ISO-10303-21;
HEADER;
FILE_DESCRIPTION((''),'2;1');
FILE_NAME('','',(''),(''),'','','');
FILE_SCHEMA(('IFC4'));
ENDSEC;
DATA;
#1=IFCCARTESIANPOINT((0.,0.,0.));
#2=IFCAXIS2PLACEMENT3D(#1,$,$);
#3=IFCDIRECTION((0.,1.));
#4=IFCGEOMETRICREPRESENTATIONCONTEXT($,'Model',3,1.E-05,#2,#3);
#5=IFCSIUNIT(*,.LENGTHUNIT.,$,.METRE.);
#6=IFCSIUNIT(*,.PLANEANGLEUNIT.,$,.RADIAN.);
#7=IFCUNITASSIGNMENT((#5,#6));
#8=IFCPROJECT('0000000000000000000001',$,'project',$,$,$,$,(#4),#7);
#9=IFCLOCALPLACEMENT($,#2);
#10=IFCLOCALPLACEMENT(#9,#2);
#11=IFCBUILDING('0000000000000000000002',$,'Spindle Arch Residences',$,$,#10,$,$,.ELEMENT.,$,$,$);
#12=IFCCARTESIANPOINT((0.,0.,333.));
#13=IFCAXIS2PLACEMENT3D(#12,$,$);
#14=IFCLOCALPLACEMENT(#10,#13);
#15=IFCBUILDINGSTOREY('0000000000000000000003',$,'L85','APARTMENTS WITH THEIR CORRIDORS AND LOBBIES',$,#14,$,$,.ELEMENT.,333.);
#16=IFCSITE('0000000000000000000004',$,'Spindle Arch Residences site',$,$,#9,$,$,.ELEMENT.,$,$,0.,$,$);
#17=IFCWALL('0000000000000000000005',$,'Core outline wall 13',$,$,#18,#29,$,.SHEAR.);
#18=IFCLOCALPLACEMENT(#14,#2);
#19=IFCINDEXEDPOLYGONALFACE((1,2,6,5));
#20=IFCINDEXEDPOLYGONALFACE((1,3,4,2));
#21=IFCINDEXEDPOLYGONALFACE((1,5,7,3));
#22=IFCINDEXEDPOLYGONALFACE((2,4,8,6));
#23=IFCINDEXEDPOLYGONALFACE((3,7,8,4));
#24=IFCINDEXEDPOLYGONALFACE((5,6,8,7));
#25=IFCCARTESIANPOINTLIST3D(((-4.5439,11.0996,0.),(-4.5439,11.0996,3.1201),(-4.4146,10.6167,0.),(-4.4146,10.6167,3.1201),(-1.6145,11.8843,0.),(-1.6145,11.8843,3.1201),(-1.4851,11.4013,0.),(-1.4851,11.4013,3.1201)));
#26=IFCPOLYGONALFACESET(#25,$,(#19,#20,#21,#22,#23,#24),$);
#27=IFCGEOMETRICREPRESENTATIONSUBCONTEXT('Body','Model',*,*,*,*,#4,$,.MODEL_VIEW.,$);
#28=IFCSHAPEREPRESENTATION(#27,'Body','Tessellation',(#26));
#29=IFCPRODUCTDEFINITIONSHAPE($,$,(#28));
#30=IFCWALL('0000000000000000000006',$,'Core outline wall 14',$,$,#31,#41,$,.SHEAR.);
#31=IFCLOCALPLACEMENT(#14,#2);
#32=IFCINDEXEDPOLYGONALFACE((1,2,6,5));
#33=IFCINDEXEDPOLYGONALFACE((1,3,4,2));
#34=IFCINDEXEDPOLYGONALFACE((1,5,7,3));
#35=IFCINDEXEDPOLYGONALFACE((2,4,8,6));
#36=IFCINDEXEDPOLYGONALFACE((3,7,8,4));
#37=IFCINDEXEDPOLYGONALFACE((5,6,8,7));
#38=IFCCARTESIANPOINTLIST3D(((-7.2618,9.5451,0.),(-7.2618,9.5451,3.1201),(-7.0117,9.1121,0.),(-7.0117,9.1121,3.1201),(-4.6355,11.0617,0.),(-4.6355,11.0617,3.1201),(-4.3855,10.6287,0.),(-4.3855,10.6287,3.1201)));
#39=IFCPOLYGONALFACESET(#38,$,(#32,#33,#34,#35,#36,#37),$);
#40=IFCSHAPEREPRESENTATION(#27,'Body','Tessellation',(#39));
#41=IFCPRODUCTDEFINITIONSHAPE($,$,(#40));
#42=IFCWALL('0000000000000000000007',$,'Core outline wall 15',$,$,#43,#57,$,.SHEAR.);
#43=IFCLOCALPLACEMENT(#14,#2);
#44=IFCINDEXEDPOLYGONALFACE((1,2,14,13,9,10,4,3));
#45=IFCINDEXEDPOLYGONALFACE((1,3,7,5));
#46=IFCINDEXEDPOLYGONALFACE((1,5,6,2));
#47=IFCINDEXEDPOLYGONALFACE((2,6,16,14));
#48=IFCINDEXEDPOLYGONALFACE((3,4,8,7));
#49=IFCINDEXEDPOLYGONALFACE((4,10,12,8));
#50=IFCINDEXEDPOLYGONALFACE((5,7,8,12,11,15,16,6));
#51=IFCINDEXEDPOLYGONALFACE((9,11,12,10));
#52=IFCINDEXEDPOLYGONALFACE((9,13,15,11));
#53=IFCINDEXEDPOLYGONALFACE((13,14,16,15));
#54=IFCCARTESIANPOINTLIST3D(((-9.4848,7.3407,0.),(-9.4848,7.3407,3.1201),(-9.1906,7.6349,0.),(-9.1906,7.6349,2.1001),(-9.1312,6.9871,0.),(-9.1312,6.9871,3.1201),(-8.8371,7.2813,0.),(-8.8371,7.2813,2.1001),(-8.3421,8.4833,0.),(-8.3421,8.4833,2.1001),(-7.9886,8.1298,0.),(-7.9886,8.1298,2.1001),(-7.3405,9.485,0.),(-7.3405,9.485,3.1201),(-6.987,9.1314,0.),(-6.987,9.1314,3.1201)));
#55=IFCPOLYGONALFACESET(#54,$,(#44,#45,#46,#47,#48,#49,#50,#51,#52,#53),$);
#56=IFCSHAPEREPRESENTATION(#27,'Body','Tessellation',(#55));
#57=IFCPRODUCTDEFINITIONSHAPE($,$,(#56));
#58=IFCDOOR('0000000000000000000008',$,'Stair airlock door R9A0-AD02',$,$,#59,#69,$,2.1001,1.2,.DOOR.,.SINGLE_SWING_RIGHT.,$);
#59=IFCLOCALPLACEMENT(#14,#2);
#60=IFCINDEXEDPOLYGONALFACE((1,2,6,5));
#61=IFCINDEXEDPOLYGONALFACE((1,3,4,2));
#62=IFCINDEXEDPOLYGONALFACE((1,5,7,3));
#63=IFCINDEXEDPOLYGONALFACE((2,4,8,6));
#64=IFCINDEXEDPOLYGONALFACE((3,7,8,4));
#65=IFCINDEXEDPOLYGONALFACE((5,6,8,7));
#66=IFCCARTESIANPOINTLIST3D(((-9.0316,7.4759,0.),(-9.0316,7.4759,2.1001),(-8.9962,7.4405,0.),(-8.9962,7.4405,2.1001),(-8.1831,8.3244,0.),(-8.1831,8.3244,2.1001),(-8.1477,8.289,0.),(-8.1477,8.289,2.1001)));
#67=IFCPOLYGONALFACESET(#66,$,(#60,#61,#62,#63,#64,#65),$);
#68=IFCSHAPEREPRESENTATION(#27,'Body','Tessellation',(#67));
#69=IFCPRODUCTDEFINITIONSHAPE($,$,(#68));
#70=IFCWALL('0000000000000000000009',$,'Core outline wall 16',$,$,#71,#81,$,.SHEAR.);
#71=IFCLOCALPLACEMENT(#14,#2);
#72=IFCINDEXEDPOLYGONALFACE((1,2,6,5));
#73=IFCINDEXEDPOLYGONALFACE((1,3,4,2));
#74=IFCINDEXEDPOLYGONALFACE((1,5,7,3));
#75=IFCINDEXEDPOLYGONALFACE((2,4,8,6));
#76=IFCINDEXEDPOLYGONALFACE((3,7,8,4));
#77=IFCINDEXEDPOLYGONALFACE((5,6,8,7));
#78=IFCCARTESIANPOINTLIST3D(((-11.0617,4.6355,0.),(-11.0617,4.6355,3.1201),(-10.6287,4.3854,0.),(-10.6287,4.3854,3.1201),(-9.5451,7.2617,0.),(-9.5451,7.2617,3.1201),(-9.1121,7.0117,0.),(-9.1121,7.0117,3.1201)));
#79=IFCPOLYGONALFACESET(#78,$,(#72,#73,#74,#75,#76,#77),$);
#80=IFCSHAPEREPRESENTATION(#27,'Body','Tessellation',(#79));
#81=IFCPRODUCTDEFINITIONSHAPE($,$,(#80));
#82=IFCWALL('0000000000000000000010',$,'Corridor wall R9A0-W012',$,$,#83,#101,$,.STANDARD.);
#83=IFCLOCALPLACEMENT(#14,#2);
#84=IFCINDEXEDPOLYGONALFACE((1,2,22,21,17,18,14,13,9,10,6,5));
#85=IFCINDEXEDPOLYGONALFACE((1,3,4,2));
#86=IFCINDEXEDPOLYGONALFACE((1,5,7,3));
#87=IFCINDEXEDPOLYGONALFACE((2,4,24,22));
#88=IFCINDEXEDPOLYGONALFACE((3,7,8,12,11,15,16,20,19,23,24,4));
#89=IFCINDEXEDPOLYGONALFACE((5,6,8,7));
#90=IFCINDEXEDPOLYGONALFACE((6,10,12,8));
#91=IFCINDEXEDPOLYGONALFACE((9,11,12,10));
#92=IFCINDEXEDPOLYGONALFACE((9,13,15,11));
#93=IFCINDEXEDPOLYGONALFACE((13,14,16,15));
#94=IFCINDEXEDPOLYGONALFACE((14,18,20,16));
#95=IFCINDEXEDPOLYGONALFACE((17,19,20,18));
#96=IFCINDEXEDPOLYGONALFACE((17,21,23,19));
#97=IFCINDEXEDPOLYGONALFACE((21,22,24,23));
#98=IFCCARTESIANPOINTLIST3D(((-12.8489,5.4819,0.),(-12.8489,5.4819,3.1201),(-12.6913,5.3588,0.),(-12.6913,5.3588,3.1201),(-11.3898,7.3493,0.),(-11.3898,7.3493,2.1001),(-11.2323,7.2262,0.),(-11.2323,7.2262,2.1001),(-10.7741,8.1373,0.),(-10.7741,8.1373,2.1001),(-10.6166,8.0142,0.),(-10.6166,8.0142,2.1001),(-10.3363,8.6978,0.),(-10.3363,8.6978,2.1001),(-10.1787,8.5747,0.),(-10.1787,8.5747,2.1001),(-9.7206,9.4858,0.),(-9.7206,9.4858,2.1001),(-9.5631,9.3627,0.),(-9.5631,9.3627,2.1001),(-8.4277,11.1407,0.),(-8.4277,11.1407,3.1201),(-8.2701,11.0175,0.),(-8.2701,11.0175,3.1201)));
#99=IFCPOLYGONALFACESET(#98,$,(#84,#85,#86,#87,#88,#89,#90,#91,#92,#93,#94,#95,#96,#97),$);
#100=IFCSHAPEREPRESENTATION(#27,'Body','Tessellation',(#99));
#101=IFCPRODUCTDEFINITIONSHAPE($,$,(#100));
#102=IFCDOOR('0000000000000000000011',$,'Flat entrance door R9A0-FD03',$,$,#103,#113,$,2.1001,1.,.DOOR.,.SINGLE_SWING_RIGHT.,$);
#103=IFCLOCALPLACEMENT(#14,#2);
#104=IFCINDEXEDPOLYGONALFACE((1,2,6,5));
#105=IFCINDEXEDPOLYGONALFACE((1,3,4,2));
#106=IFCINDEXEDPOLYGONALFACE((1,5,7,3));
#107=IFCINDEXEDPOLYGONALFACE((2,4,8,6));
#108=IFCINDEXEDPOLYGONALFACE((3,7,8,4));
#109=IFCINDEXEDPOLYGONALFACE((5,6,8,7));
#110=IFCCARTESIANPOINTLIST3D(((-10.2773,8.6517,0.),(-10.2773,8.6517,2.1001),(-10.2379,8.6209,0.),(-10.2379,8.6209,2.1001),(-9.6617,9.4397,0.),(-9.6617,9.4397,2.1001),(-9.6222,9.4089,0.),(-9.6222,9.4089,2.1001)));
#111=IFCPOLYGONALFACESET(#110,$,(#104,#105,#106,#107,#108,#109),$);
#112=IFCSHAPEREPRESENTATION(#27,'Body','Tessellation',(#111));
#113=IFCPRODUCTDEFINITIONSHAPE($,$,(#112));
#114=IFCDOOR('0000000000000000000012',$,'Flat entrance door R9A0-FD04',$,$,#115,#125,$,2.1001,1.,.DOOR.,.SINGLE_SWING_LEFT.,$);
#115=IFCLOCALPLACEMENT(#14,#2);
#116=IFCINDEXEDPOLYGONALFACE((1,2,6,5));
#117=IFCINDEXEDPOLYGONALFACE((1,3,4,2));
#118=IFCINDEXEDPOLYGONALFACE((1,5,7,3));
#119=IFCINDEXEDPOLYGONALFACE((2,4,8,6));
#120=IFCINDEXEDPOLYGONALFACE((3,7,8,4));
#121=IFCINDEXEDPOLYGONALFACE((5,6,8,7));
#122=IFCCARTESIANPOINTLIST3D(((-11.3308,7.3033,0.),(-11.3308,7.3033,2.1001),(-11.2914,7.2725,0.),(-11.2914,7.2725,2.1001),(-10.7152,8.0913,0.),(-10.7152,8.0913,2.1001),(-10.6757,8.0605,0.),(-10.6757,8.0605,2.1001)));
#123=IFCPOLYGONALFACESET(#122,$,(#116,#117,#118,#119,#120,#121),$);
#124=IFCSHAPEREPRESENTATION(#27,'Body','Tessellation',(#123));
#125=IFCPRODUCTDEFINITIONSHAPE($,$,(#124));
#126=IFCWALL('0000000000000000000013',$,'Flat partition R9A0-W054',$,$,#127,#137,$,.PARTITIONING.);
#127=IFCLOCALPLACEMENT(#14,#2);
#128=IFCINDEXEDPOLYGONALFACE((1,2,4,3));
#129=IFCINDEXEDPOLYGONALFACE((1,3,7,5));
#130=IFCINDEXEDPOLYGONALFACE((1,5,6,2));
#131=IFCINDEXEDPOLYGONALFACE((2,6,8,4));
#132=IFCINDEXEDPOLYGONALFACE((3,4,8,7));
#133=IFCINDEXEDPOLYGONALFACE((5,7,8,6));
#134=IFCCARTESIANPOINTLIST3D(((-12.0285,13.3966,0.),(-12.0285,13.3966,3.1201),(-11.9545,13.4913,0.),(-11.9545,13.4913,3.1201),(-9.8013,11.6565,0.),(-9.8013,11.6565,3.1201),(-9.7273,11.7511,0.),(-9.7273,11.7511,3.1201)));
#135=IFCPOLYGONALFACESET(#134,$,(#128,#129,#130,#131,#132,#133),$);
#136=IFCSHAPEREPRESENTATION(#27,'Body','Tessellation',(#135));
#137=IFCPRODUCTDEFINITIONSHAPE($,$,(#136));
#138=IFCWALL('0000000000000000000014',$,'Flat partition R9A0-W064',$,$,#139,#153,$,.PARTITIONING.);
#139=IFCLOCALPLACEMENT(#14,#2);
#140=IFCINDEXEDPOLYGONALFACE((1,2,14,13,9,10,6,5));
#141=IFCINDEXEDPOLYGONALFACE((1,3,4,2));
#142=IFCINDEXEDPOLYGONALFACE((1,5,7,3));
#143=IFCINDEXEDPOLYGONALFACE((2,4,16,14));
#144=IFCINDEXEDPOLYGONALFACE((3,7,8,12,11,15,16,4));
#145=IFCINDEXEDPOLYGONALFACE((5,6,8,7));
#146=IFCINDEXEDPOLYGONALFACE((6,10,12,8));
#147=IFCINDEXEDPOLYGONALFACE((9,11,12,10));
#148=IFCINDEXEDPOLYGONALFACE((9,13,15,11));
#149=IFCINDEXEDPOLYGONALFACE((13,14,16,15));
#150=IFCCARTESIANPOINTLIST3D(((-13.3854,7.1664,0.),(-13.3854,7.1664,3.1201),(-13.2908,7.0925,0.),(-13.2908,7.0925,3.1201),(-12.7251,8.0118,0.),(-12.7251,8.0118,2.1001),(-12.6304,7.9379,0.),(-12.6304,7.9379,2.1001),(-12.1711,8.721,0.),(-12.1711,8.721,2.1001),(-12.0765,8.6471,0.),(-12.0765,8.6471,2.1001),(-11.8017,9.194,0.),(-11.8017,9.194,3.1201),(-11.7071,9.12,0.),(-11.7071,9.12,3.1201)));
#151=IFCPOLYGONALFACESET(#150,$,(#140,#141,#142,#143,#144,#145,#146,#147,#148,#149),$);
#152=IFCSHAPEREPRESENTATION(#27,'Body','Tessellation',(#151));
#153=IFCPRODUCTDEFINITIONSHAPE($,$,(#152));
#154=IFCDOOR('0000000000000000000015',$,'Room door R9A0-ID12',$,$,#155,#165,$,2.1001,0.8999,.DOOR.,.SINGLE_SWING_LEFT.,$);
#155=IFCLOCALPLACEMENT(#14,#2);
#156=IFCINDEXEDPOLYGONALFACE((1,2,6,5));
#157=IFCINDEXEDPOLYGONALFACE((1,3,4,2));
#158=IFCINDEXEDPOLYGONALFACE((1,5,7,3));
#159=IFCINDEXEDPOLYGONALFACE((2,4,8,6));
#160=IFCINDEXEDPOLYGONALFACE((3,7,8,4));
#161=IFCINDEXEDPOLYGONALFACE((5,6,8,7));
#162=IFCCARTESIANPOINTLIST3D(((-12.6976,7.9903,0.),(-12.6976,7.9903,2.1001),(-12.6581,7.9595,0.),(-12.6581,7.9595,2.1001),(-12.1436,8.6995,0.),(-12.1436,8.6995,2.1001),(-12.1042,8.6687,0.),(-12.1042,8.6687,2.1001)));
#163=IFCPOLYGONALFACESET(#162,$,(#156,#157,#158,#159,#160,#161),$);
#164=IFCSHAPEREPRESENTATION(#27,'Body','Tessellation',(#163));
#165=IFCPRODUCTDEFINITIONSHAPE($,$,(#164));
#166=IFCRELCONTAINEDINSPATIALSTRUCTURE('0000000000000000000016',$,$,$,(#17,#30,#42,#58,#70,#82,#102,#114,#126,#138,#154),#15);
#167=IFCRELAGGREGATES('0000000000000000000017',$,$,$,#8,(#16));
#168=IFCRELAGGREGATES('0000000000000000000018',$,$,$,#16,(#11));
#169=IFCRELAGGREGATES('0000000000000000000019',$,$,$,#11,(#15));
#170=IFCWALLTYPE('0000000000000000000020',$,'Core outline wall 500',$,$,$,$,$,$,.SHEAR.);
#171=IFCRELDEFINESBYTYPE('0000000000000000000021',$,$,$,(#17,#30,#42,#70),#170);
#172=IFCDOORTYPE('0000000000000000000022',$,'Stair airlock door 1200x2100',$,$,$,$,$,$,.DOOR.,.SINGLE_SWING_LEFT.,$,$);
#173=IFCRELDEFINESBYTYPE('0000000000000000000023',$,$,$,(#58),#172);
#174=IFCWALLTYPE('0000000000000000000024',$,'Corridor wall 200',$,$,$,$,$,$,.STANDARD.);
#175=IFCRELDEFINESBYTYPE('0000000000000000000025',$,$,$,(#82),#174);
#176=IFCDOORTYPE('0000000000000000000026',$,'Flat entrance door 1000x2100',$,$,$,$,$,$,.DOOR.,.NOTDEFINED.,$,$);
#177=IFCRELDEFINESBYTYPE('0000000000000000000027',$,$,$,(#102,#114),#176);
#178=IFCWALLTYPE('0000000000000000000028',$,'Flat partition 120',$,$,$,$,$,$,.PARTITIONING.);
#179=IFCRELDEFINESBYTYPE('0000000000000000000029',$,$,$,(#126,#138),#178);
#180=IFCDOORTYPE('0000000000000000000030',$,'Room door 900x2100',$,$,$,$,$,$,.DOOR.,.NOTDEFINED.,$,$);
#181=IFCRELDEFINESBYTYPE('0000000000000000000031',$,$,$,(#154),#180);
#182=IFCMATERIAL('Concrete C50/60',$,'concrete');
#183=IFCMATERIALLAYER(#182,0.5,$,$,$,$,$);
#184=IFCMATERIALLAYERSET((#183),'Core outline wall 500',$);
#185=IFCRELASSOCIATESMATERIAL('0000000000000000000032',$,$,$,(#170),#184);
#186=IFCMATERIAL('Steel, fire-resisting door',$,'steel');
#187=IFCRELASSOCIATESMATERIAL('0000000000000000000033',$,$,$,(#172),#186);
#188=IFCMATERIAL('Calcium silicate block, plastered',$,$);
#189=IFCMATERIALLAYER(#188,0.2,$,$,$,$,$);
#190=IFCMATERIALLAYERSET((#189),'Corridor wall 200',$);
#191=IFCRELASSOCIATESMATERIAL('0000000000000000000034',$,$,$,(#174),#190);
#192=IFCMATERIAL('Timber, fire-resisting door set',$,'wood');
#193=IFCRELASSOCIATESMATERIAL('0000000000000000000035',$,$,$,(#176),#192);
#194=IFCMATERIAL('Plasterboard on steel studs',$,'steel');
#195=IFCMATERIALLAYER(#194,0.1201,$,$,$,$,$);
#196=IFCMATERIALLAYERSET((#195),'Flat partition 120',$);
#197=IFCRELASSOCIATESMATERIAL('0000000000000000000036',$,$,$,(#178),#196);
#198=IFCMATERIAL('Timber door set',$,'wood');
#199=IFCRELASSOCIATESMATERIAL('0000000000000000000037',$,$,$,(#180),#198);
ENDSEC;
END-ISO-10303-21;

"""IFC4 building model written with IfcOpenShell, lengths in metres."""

from ifc_helpers import new_model, si_unit, direction, frame, frame_2d, origin, place, context, subcontext, project, spatial, rectangle, extrude, material, layer, layer_set, type_object, element, fill, save


model = new_model("IFC4")

# Units and contexts
model_context = context("Model", 3, precision=1e-05, world=origin(), true_north=direction((0.0, 1.0)))
body_context = subcontext(model_context, "Body", "Model", "MODEL_VIEW")
ifc_project = project(units=[si_unit("LENGTHUNIT", "METRE"), si_unit("PLANEANGLEUNIT", "RADIAN")], contexts=[model_context])

# Site, building, storey
site_placement = place(None, origin())
site = spatial("IfcSite", under=ifc_project, at=site_placement, Name="Spindle Arch Residences site", CompositionType="ELEMENT", RefElevation=0.0)
building_placement = place(site_placement, origin())
building = spatial("IfcBuilding", under=site, at=building_placement, Name="Spindle Arch Residences", CompositionType="ELEMENT")
storey_placement = place(building_placement, frame((0.0, 0.0, 333.0)))
storey = spatial("IfcBuildingStorey", under=building, at=storey_placement, Name="L85", Description="APARTMENTS WITH THEIR CORRIDORS AND LOBBIES", CompositionType="ELEMENT", Elevation=333.0)

# Walls
ifc_material_1 = material(Name="Concrete C50/60", Category="concrete")
ifc_layer_1 = layer(ifc_material_1, 0.5)
ifc_layer_set_1 = layer_set([ifc_layer_1], Name="Core outline wall 500")
wall_type_1 = type_object("IfcWallType", Name="Core outline wall 500", PredefinedType="SHEAR", material=ifc_layer_set_1)
for number, where, z_axis, x_axis, name in (
    (1, (-1.5498, 11.6428, 0.0), (0.0, 0.0, 1.0), (-0.965948, -0.258735, 0.0), "Core outline wall 13"),
    (2, (-4.5105, 10.8452, 0.0), (0.0, 0.0, 1.0), (-0.865975, -0.500087, 0.0), "Core outline wall 14"),
):
    element("IfcWall", number, at=place(storey_placement, frame(where, z_axis=z_axis, x_axis=x_axis)), inside=storey, type_object=wall_type_1, Name=name, PredefinedType="SHEAR", context=body_context, shape_type="SweptSolid", body=[
        extrude(rectangle(XDim=3.0327, YDim=0.5, at=frame_2d((1.5164, 0.0))), origin(), (0.0, 0.0, 1.0), 3.1201),
    ])

# Wall, opening, door
wall_1_placement = place(storey_placement, frame((-7.1638, 9.3081, 0.0), z_axis=(0.0, 0.0, 1.0), x_axis=(-0.707107, -0.707107, 0.0)))
wall_1 = element("IfcWall", 3, at=wall_1_placement, inside=storey, type_object=wall_type_1, Name="Core outline wall 15", PredefinedType="SHEAR", context=body_context, shape_type="SweptSolid", body=[
    extrude(rectangle(XDim=3.0325, YDim=0.5, at=frame_2d((1.5161, 0.0))), origin(), (0.0, 0.0, 1.0), 3.1201),
])
opening_1_placement = place(wall_1_placement, frame((1.4163, 0.0, 0.0)))
opening_1 = element("IfcOpeningElement", 4, at=opening_1_placement, cuts=wall_1, PredefinedType="OPENING", context=body_context, shape_type="SweptSolid", body=[
    extrude(rectangle(XDim=1.2, YDim=2.1001, at=frame_2d((0.6001, 1.05))), frame((0.0, 0.26, 0.0), z_axis=(0.0, -1.0, 0.0), x_axis=(1.0, 0.0, 0.0)), (0.0, 0.0, 1.0), 0.52),
])
ifc_material_2 = material(Name="Steel, fire-resisting door", Category="steel")
door_type_1 = type_object("IfcDoorType", Name="Stair airlock door 1200x2100", OperationType="SINGLE_SWING_LEFT", PredefinedType="DOOR", material=ifc_material_2)
door_1_placement = place(opening_1_placement, origin())
door_1 = element("IfcDoor", 5, at=door_1_placement, inside=storey, type_object=door_type_1, Name="Stair airlock door R9A0-AD02", OperationType="SINGLE_SWING_RIGHT", OverallHeight=2.1001, OverallWidth=1.2, PredefinedType="DOOR", context=body_context, shape_type="SweptSolid", body=[
    extrude(rectangle(XDim=1.2, YDim=2.1001, at=frame_2d((0.6001, 1.05))), frame((0.0, 0.0249, 0.0), z_axis=(0.0, -1.0, 0.0), x_axis=(1.0, 0.0, 0.0)), (0.0, 0.0, 1.0), 0.05),
])
fill(opening_1, door_1)

# Wall
wall_2_placement = place(storey_placement, frame((-9.3286, 7.1367, 0.0), z_axis=(0.0, 0.0, 1.0), x_axis=(-0.500087, -0.865975, 0.0)))
element("IfcWall", 6, at=wall_2_placement, inside=storey, type_object=wall_type_1, Name="Core outline wall 16", PredefinedType="SHEAR", context=body_context, shape_type="SweptSolid", body=[
    extrude(rectangle(XDim=3.0327, YDim=0.5, at=frame_2d((1.5164, 0.0))), origin(), (0.0, 0.0, 1.0), 3.1201),
])

# Wall, openings, doors
ifc_material_3 = material(Name="Calcium silicate block, plastered")
ifc_layer_2 = layer(ifc_material_3, 0.2)
ifc_layer_set_2 = layer_set([ifc_layer_2], Name="Corridor wall 200")
wall_type_2 = type_object("IfcWallType", Name="Corridor wall 200", PredefinedType="STANDARD", material=ifc_layer_set_2)
wall_3_placement = place(storey_placement, frame((-8.3489, 11.0791, 0.0), z_axis=(0.0, 0.0, 1.0), x_axis=(-0.615669, -0.788005, 0.0)))
wall_3 = element("IfcWall", 7, at=wall_3_placement, inside=storey, type_object=wall_type_2, Name="Corridor wall R9A0-W012", PredefinedType="STANDARD", context=body_context, shape_type="SweptSolid", body=[
    extrude(rectangle(XDim=7.1812, YDim=0.2, at=frame_2d((3.5906, 0.0))), origin(), (0.0, 0.0, 1.0), 3.1201),
])
opening_2_placement = place(wall_3_placement, frame((2.1001, 0.0, 0.0)))
opening_2 = element("IfcOpeningElement", 8, at=opening_2_placement, cuts=wall_3, PredefinedType="OPENING", context=body_context, shape_type="SweptSolid", body=[
    extrude(rectangle(XDim=1.0, YDim=2.1001, at=frame_2d((0.5, 1.05))), frame((0.0, 0.1099, 0.0), z_axis=(0.0, -1.0, 0.0), x_axis=(1.0, 0.0, 0.0)), (0.0, 0.0, 1.0), 0.22),
])
opening_3_placement = place(wall_3_placement, frame((3.8113, 0.0, 0.0)))
opening_3 = element("IfcOpeningElement", 9, at=opening_3_placement, cuts=wall_3, PredefinedType="OPENING", context=body_context, shape_type="SweptSolid", body=[
    extrude(rectangle(XDim=1.0, YDim=2.1001, at=frame_2d((0.5, 1.05))), frame((0.0, 0.1099, 0.0), z_axis=(0.0, -1.0, 0.0), x_axis=(1.0, 0.0, 0.0)), (0.0, 0.0, 1.0), 0.22),
])
ifc_material_4 = material(Name="Timber, fire-resisting door set", Category="wood")
door_type_2 = type_object("IfcDoorType", Name="Flat entrance door 1000x2100", OperationType="NOTDEFINED", PredefinedType="DOOR", material=ifc_material_4)
door_2_placement = place(opening_2_placement, origin())
door_2 = element("IfcDoor", 10, at=door_2_placement, inside=storey, type_object=door_type_2, Name="Flat entrance door R9A0-FD03", OperationType="SINGLE_SWING_RIGHT", OverallHeight=2.1001, OverallWidth=1.0, PredefinedType="DOOR", context=body_context, shape_type="SweptSolid", body=[
    extrude(rectangle(XDim=1.0, YDim=2.1001, at=frame_2d((0.5, 1.05))), frame((0.0, 0.0249, 0.0), z_axis=(0.0, -1.0, 0.0), x_axis=(1.0, 0.0, 0.0)), (0.0, 0.0, 1.0), 0.05),
])
fill(opening_2, door_2)
door_3_placement = place(opening_3_placement, origin())
door_3 = element("IfcDoor", 11, at=door_3_placement, inside=storey, type_object=door_type_2, Name="Flat entrance door R9A0-FD04", OperationType="SINGLE_SWING_LEFT", OverallHeight=2.1001, OverallWidth=1.0, PredefinedType="DOOR", context=body_context, shape_type="SweptSolid", body=[
    extrude(rectangle(XDim=1.0, YDim=2.1001, at=frame_2d((0.5, 1.05))), frame((0.0, 0.0249, 0.0), z_axis=(0.0, -1.0, 0.0), x_axis=(1.0, 0.0, 0.0)), (0.0, 0.0, 1.0), 0.05),
])
fill(opening_3, door_3)

# Wall
ifc_material_5 = material(Name="Plasterboard on steel studs", Category="steel")
ifc_layer_3 = layer(ifc_material_5, 0.1201)
ifc_layer_set_3 = layer_set([ifc_layer_3], Name="Flat partition 120")
wall_type_3 = type_object("IfcWallType", Name="Flat partition 120", PredefinedType="PARTITIONING", material=ifc_layer_set_3)
wall_4_placement = place(storey_placement, frame((-9.7644, 11.7039, 0.0), z_axis=(0.0, 0.0, 1.0), x_axis=(-0.787997, 0.615679, 0.0)))
element("IfcWall", 12, at=wall_4_placement, inside=storey, type_object=wall_type_3, Name="Flat partition R9A0-W054", PredefinedType="PARTITIONING", context=body_context, shape_type="SweptSolid", body=[
    extrude(rectangle(XDim=2.8264, YDim=0.1201, at=frame_2d((1.4131, 0.0))), origin(), (0.0, 0.0, 1.0), 3.1201),
])

# Wall, opening, door
wall_5_placement = place(storey_placement, frame((-11.7544, 9.157, 0.0), z_axis=(0.0, 0.0, 1.0), x_axis=(-0.615569, -0.788083, 0.0)))
wall_5 = element("IfcWall", 13, at=wall_5_placement, inside=storey, type_object=wall_type_3, Name="Flat partition R9A0-W064", PredefinedType="PARTITIONING", context=body_context, shape_type="SweptSolid", body=[
    extrude(rectangle(XDim=2.5728, YDim=0.1201, at=frame_2d((1.2864, 0.0))), origin(), (0.0, 0.0, 1.0), 3.1201),
])
opening_4_placement = place(wall_5_placement, frame((0.6001, 0.0, 0.0)))
opening_4 = element("IfcOpeningElement", 14, at=opening_4_placement, cuts=wall_5, PredefinedType="OPENING", context=body_context, shape_type="SweptSolid", body=[
    extrude(rectangle(XDim=0.8999, YDim=2.1001, at=frame_2d((0.45, 1.05))), frame((0.0, 0.0701, 0.0), z_axis=(0.0, -1.0, 0.0), x_axis=(1.0, 0.0, 0.0)), (0.0, 0.0, 1.0), 0.1401),
])
ifc_material_6 = material(Name="Timber door set", Category="wood")
door_type_3 = type_object("IfcDoorType", Name="Room door 900x2100", OperationType="NOTDEFINED", PredefinedType="DOOR", material=ifc_material_6)
door_4_placement = place(opening_4_placement, origin())
door_4 = element("IfcDoor", 15, at=door_4_placement, inside=storey, type_object=door_type_3, Name="Room door R9A0-ID12", OperationType="SINGLE_SWING_LEFT", OverallHeight=2.1001, OverallWidth=0.8999, PredefinedType="DOOR", context=body_context, shape_type="SweptSolid", body=[
    extrude(rectangle(XDim=0.8999, YDim=2.1001, at=frame_2d((0.45, 1.05))), frame((0.0, 0.0249, 0.0), z_axis=(0.0, -1.0, 0.0), x_axis=(1.0, 0.0, 0.0)), (0.0, 0.0, 1.0), 0.05),
])
fill(opening_4, door_4)

save(model, "model.ifc")
